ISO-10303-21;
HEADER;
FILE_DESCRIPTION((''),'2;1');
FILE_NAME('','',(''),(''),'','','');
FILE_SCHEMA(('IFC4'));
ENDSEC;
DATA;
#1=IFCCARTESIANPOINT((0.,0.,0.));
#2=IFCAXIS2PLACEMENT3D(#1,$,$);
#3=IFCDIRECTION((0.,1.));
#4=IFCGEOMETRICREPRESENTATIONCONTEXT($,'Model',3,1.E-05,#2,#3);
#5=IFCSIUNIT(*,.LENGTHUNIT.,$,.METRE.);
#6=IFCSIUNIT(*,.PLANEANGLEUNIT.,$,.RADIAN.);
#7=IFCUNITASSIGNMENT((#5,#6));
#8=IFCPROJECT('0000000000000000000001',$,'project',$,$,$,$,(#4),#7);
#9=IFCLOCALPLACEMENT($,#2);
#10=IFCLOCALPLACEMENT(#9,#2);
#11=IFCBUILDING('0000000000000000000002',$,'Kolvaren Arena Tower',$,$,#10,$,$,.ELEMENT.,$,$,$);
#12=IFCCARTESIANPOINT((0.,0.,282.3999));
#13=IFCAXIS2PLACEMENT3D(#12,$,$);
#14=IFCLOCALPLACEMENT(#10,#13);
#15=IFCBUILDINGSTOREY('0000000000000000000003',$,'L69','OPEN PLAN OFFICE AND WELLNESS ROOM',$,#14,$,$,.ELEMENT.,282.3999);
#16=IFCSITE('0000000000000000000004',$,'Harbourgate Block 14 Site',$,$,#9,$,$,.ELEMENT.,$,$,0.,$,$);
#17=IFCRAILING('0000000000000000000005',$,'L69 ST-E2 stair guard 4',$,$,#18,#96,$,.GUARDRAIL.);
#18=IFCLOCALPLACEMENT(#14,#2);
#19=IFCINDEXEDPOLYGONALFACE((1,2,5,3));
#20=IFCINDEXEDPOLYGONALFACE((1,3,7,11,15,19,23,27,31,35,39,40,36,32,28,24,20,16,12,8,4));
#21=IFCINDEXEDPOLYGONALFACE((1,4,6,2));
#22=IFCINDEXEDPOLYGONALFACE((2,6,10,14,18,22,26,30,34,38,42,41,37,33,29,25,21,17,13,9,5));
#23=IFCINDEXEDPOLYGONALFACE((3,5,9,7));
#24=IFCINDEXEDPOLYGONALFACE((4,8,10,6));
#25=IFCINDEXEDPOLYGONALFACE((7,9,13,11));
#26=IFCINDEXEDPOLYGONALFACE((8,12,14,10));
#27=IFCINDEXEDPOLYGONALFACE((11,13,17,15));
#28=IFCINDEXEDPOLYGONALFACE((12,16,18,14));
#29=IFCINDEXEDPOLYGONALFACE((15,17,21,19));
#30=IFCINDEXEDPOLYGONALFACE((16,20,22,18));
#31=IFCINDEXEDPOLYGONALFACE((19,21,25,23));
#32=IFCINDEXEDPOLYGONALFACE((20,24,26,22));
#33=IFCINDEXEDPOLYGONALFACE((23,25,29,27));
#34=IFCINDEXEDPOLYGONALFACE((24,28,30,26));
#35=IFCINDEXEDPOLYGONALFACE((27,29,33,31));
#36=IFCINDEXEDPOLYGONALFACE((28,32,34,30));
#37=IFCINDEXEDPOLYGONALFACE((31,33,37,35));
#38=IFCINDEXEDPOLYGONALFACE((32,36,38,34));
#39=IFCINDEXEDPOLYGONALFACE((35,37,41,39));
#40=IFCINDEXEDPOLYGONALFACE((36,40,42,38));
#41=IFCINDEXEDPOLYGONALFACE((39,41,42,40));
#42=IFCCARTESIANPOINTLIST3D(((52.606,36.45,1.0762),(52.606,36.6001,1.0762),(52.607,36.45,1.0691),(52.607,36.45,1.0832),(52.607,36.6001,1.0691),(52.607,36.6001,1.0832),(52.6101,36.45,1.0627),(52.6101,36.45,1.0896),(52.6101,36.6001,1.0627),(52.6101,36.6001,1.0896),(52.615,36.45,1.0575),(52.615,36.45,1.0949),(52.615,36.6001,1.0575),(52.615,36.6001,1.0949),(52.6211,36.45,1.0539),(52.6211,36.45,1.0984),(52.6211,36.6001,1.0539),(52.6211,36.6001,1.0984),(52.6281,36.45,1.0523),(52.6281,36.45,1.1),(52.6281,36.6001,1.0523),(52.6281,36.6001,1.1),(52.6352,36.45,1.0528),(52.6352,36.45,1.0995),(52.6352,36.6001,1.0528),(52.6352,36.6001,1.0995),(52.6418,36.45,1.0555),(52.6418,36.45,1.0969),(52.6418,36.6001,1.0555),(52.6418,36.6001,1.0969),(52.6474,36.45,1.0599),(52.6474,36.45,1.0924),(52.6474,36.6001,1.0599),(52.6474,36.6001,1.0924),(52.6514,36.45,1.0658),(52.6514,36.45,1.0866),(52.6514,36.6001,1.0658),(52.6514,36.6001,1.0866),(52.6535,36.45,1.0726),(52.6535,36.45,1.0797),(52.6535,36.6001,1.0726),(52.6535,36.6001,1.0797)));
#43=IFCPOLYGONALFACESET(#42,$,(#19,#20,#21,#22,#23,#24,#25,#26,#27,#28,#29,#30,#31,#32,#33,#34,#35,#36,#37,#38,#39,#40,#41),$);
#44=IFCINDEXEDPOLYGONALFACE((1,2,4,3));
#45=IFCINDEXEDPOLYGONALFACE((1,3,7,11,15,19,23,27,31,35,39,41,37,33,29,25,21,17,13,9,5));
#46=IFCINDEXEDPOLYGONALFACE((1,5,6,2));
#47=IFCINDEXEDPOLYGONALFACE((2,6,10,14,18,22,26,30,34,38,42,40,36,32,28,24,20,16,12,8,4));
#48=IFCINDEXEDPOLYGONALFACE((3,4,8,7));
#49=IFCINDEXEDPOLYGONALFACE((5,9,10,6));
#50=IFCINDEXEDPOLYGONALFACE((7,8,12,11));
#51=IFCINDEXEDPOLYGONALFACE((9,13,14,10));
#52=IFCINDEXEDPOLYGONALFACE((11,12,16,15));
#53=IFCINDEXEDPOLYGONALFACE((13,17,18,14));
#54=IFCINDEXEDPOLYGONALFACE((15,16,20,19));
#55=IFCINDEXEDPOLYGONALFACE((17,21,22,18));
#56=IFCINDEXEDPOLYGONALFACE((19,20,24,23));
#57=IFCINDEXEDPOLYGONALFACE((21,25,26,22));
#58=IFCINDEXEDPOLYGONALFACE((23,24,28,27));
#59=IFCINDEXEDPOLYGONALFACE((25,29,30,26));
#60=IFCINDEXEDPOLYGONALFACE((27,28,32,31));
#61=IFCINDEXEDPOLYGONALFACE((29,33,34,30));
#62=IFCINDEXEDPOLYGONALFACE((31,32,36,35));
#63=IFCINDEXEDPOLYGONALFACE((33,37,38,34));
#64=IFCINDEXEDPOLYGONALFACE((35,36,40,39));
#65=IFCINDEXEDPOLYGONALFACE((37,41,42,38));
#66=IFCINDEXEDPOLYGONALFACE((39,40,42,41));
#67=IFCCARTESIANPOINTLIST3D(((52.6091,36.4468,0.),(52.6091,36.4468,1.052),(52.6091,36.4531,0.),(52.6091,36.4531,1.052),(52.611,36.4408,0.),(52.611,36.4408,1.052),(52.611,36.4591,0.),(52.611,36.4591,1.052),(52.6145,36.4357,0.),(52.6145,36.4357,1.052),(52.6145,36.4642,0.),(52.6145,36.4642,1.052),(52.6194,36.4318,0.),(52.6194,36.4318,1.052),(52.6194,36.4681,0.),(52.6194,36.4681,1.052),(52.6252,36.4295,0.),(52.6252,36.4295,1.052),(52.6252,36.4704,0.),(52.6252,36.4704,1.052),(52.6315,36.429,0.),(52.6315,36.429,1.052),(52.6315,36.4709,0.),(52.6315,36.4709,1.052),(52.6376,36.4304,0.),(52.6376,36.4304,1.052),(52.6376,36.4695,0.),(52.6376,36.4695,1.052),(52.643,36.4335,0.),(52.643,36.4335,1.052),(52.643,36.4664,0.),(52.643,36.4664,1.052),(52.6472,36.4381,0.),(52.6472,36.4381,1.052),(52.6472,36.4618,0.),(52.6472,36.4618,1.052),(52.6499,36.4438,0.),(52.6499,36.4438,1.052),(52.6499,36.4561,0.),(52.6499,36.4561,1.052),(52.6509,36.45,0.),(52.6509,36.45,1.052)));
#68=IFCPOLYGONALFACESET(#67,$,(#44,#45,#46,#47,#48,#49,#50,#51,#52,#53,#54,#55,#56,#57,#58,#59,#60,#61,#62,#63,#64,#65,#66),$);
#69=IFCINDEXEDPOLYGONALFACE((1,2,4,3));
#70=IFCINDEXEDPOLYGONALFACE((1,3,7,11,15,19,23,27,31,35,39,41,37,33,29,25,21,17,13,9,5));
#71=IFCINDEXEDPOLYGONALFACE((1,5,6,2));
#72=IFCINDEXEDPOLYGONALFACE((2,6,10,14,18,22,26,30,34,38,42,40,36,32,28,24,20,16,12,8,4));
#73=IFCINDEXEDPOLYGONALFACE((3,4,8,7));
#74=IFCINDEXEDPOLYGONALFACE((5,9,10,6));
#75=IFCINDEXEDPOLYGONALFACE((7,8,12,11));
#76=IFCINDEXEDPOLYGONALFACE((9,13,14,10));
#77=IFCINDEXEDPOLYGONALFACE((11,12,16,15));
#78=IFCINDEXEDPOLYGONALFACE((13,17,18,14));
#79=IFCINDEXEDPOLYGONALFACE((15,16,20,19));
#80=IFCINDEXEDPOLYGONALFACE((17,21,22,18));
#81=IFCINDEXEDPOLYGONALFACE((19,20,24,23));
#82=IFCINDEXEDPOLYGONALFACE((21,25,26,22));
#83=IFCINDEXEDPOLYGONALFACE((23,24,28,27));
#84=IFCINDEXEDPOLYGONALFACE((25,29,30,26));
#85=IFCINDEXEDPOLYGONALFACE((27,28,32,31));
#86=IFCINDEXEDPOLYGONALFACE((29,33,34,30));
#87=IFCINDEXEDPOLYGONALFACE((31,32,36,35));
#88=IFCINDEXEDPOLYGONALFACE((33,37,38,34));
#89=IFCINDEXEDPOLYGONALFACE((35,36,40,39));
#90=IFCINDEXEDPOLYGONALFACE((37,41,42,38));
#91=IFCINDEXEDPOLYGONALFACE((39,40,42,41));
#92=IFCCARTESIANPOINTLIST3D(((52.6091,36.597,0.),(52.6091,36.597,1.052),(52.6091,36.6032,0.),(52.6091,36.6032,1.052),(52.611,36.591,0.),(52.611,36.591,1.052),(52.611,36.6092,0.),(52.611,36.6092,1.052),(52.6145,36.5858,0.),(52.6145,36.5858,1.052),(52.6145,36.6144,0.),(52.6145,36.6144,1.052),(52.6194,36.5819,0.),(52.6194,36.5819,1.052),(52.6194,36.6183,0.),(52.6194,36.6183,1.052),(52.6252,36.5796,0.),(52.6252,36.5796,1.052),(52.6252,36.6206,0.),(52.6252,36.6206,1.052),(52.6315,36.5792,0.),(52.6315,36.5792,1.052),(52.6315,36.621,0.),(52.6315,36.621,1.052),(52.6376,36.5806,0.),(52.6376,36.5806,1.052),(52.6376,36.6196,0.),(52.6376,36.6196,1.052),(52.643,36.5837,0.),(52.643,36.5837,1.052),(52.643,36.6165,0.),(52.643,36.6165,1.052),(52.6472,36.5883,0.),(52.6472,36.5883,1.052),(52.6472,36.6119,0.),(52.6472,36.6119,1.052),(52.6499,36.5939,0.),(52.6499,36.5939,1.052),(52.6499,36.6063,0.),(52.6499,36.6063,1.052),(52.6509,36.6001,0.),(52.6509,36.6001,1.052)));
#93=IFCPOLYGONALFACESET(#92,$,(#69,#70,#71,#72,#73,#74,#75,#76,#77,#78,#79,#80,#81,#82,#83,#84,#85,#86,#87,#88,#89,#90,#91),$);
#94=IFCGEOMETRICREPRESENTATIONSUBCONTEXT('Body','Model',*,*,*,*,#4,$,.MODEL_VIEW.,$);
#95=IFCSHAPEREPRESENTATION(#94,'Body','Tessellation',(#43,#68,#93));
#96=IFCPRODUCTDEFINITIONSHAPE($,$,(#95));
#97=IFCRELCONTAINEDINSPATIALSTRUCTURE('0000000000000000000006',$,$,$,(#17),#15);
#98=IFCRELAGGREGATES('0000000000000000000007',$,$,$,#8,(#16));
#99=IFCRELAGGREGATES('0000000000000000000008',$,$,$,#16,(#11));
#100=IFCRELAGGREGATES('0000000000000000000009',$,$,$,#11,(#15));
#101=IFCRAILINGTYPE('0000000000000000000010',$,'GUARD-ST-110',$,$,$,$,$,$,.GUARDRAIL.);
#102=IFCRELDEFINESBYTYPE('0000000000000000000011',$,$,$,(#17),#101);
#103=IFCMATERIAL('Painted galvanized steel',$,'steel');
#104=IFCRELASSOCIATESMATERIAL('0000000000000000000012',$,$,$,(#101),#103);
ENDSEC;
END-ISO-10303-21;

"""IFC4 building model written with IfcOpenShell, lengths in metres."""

from ifc_helpers import new_model, si_unit, direction, frame, origin, origin_2d, place, context, subcontext, project, spatial, circle, extrude, material, type_object, element, save


model = new_model("IFC4")

# Units and contexts
model_context = context("Model", 3, precision=1e-05, world=origin(), true_north=direction((0.0, 1.0)))
body_context = subcontext(model_context, "Body", "Model", "MODEL_VIEW")
ifc_project = project(units=[si_unit("LENGTHUNIT", "METRE"), si_unit("PLANEANGLEUNIT", "RADIAN")], contexts=[model_context])

# Site, building, storey
site_placement = place(None, origin())
site = spatial("IfcSite", under=ifc_project, at=site_placement, Name="Harbourgate Block 14 Site", CompositionType="ELEMENT", RefElevation=0.0)
building_placement = place(site_placement, origin())
building = spatial("IfcBuilding", under=site, at=building_placement, Name="Kolvaren Arena Tower", CompositionType="ELEMENT")
storey_placement = place(building_placement, frame((0.0, 0.0, 282.3999)))
storey = spatial("IfcBuildingStorey", under=building, at=storey_placement, Name="L69", Description="OPEN PLAN OFFICE AND WELLNESS ROOM", CompositionType="ELEMENT", Elevation=282.3999)

# Railing
ifc_material_1 = material(Name="Painted galvanized steel", Category="steel")
railing_type_1 = type_object("IfcRailingType", Name="GUARD-ST-110", PredefinedType="GUARDRAIL", material=ifc_material_1)
railing_1_placement = place(storey_placement, frame((52.6299, 36.45, 0.0)))
element("IfcRailing", 1, at=railing_1_placement, inside=storey, type_object=railing_type_1, Name="L69 ST-E2 stair guard 4", PredefinedType="GUARDRAIL", context=body_context, shape_type="SweptSolid", body=[
    extrude(circle(Radius=0.0239, at=origin_2d()), frame((0.0, 0.0, 1.0762), z_axis=(0.0, 1.0, 0.0), x_axis=(-1.0, 0.0, 0.0)), (0.0, 0.0, 1.0), 0.1501),
    extrude(circle(Radius=0.021, at=origin_2d()), origin(), (0.0, 0.0, 1.0), 1.052),
    extrude(circle(Radius=0.021, at=origin_2d()), frame((0.0, 0.1501, 0.0)), (0.0, 0.0, 1.0), 1.052),
])

save(model, "model.ifc")
